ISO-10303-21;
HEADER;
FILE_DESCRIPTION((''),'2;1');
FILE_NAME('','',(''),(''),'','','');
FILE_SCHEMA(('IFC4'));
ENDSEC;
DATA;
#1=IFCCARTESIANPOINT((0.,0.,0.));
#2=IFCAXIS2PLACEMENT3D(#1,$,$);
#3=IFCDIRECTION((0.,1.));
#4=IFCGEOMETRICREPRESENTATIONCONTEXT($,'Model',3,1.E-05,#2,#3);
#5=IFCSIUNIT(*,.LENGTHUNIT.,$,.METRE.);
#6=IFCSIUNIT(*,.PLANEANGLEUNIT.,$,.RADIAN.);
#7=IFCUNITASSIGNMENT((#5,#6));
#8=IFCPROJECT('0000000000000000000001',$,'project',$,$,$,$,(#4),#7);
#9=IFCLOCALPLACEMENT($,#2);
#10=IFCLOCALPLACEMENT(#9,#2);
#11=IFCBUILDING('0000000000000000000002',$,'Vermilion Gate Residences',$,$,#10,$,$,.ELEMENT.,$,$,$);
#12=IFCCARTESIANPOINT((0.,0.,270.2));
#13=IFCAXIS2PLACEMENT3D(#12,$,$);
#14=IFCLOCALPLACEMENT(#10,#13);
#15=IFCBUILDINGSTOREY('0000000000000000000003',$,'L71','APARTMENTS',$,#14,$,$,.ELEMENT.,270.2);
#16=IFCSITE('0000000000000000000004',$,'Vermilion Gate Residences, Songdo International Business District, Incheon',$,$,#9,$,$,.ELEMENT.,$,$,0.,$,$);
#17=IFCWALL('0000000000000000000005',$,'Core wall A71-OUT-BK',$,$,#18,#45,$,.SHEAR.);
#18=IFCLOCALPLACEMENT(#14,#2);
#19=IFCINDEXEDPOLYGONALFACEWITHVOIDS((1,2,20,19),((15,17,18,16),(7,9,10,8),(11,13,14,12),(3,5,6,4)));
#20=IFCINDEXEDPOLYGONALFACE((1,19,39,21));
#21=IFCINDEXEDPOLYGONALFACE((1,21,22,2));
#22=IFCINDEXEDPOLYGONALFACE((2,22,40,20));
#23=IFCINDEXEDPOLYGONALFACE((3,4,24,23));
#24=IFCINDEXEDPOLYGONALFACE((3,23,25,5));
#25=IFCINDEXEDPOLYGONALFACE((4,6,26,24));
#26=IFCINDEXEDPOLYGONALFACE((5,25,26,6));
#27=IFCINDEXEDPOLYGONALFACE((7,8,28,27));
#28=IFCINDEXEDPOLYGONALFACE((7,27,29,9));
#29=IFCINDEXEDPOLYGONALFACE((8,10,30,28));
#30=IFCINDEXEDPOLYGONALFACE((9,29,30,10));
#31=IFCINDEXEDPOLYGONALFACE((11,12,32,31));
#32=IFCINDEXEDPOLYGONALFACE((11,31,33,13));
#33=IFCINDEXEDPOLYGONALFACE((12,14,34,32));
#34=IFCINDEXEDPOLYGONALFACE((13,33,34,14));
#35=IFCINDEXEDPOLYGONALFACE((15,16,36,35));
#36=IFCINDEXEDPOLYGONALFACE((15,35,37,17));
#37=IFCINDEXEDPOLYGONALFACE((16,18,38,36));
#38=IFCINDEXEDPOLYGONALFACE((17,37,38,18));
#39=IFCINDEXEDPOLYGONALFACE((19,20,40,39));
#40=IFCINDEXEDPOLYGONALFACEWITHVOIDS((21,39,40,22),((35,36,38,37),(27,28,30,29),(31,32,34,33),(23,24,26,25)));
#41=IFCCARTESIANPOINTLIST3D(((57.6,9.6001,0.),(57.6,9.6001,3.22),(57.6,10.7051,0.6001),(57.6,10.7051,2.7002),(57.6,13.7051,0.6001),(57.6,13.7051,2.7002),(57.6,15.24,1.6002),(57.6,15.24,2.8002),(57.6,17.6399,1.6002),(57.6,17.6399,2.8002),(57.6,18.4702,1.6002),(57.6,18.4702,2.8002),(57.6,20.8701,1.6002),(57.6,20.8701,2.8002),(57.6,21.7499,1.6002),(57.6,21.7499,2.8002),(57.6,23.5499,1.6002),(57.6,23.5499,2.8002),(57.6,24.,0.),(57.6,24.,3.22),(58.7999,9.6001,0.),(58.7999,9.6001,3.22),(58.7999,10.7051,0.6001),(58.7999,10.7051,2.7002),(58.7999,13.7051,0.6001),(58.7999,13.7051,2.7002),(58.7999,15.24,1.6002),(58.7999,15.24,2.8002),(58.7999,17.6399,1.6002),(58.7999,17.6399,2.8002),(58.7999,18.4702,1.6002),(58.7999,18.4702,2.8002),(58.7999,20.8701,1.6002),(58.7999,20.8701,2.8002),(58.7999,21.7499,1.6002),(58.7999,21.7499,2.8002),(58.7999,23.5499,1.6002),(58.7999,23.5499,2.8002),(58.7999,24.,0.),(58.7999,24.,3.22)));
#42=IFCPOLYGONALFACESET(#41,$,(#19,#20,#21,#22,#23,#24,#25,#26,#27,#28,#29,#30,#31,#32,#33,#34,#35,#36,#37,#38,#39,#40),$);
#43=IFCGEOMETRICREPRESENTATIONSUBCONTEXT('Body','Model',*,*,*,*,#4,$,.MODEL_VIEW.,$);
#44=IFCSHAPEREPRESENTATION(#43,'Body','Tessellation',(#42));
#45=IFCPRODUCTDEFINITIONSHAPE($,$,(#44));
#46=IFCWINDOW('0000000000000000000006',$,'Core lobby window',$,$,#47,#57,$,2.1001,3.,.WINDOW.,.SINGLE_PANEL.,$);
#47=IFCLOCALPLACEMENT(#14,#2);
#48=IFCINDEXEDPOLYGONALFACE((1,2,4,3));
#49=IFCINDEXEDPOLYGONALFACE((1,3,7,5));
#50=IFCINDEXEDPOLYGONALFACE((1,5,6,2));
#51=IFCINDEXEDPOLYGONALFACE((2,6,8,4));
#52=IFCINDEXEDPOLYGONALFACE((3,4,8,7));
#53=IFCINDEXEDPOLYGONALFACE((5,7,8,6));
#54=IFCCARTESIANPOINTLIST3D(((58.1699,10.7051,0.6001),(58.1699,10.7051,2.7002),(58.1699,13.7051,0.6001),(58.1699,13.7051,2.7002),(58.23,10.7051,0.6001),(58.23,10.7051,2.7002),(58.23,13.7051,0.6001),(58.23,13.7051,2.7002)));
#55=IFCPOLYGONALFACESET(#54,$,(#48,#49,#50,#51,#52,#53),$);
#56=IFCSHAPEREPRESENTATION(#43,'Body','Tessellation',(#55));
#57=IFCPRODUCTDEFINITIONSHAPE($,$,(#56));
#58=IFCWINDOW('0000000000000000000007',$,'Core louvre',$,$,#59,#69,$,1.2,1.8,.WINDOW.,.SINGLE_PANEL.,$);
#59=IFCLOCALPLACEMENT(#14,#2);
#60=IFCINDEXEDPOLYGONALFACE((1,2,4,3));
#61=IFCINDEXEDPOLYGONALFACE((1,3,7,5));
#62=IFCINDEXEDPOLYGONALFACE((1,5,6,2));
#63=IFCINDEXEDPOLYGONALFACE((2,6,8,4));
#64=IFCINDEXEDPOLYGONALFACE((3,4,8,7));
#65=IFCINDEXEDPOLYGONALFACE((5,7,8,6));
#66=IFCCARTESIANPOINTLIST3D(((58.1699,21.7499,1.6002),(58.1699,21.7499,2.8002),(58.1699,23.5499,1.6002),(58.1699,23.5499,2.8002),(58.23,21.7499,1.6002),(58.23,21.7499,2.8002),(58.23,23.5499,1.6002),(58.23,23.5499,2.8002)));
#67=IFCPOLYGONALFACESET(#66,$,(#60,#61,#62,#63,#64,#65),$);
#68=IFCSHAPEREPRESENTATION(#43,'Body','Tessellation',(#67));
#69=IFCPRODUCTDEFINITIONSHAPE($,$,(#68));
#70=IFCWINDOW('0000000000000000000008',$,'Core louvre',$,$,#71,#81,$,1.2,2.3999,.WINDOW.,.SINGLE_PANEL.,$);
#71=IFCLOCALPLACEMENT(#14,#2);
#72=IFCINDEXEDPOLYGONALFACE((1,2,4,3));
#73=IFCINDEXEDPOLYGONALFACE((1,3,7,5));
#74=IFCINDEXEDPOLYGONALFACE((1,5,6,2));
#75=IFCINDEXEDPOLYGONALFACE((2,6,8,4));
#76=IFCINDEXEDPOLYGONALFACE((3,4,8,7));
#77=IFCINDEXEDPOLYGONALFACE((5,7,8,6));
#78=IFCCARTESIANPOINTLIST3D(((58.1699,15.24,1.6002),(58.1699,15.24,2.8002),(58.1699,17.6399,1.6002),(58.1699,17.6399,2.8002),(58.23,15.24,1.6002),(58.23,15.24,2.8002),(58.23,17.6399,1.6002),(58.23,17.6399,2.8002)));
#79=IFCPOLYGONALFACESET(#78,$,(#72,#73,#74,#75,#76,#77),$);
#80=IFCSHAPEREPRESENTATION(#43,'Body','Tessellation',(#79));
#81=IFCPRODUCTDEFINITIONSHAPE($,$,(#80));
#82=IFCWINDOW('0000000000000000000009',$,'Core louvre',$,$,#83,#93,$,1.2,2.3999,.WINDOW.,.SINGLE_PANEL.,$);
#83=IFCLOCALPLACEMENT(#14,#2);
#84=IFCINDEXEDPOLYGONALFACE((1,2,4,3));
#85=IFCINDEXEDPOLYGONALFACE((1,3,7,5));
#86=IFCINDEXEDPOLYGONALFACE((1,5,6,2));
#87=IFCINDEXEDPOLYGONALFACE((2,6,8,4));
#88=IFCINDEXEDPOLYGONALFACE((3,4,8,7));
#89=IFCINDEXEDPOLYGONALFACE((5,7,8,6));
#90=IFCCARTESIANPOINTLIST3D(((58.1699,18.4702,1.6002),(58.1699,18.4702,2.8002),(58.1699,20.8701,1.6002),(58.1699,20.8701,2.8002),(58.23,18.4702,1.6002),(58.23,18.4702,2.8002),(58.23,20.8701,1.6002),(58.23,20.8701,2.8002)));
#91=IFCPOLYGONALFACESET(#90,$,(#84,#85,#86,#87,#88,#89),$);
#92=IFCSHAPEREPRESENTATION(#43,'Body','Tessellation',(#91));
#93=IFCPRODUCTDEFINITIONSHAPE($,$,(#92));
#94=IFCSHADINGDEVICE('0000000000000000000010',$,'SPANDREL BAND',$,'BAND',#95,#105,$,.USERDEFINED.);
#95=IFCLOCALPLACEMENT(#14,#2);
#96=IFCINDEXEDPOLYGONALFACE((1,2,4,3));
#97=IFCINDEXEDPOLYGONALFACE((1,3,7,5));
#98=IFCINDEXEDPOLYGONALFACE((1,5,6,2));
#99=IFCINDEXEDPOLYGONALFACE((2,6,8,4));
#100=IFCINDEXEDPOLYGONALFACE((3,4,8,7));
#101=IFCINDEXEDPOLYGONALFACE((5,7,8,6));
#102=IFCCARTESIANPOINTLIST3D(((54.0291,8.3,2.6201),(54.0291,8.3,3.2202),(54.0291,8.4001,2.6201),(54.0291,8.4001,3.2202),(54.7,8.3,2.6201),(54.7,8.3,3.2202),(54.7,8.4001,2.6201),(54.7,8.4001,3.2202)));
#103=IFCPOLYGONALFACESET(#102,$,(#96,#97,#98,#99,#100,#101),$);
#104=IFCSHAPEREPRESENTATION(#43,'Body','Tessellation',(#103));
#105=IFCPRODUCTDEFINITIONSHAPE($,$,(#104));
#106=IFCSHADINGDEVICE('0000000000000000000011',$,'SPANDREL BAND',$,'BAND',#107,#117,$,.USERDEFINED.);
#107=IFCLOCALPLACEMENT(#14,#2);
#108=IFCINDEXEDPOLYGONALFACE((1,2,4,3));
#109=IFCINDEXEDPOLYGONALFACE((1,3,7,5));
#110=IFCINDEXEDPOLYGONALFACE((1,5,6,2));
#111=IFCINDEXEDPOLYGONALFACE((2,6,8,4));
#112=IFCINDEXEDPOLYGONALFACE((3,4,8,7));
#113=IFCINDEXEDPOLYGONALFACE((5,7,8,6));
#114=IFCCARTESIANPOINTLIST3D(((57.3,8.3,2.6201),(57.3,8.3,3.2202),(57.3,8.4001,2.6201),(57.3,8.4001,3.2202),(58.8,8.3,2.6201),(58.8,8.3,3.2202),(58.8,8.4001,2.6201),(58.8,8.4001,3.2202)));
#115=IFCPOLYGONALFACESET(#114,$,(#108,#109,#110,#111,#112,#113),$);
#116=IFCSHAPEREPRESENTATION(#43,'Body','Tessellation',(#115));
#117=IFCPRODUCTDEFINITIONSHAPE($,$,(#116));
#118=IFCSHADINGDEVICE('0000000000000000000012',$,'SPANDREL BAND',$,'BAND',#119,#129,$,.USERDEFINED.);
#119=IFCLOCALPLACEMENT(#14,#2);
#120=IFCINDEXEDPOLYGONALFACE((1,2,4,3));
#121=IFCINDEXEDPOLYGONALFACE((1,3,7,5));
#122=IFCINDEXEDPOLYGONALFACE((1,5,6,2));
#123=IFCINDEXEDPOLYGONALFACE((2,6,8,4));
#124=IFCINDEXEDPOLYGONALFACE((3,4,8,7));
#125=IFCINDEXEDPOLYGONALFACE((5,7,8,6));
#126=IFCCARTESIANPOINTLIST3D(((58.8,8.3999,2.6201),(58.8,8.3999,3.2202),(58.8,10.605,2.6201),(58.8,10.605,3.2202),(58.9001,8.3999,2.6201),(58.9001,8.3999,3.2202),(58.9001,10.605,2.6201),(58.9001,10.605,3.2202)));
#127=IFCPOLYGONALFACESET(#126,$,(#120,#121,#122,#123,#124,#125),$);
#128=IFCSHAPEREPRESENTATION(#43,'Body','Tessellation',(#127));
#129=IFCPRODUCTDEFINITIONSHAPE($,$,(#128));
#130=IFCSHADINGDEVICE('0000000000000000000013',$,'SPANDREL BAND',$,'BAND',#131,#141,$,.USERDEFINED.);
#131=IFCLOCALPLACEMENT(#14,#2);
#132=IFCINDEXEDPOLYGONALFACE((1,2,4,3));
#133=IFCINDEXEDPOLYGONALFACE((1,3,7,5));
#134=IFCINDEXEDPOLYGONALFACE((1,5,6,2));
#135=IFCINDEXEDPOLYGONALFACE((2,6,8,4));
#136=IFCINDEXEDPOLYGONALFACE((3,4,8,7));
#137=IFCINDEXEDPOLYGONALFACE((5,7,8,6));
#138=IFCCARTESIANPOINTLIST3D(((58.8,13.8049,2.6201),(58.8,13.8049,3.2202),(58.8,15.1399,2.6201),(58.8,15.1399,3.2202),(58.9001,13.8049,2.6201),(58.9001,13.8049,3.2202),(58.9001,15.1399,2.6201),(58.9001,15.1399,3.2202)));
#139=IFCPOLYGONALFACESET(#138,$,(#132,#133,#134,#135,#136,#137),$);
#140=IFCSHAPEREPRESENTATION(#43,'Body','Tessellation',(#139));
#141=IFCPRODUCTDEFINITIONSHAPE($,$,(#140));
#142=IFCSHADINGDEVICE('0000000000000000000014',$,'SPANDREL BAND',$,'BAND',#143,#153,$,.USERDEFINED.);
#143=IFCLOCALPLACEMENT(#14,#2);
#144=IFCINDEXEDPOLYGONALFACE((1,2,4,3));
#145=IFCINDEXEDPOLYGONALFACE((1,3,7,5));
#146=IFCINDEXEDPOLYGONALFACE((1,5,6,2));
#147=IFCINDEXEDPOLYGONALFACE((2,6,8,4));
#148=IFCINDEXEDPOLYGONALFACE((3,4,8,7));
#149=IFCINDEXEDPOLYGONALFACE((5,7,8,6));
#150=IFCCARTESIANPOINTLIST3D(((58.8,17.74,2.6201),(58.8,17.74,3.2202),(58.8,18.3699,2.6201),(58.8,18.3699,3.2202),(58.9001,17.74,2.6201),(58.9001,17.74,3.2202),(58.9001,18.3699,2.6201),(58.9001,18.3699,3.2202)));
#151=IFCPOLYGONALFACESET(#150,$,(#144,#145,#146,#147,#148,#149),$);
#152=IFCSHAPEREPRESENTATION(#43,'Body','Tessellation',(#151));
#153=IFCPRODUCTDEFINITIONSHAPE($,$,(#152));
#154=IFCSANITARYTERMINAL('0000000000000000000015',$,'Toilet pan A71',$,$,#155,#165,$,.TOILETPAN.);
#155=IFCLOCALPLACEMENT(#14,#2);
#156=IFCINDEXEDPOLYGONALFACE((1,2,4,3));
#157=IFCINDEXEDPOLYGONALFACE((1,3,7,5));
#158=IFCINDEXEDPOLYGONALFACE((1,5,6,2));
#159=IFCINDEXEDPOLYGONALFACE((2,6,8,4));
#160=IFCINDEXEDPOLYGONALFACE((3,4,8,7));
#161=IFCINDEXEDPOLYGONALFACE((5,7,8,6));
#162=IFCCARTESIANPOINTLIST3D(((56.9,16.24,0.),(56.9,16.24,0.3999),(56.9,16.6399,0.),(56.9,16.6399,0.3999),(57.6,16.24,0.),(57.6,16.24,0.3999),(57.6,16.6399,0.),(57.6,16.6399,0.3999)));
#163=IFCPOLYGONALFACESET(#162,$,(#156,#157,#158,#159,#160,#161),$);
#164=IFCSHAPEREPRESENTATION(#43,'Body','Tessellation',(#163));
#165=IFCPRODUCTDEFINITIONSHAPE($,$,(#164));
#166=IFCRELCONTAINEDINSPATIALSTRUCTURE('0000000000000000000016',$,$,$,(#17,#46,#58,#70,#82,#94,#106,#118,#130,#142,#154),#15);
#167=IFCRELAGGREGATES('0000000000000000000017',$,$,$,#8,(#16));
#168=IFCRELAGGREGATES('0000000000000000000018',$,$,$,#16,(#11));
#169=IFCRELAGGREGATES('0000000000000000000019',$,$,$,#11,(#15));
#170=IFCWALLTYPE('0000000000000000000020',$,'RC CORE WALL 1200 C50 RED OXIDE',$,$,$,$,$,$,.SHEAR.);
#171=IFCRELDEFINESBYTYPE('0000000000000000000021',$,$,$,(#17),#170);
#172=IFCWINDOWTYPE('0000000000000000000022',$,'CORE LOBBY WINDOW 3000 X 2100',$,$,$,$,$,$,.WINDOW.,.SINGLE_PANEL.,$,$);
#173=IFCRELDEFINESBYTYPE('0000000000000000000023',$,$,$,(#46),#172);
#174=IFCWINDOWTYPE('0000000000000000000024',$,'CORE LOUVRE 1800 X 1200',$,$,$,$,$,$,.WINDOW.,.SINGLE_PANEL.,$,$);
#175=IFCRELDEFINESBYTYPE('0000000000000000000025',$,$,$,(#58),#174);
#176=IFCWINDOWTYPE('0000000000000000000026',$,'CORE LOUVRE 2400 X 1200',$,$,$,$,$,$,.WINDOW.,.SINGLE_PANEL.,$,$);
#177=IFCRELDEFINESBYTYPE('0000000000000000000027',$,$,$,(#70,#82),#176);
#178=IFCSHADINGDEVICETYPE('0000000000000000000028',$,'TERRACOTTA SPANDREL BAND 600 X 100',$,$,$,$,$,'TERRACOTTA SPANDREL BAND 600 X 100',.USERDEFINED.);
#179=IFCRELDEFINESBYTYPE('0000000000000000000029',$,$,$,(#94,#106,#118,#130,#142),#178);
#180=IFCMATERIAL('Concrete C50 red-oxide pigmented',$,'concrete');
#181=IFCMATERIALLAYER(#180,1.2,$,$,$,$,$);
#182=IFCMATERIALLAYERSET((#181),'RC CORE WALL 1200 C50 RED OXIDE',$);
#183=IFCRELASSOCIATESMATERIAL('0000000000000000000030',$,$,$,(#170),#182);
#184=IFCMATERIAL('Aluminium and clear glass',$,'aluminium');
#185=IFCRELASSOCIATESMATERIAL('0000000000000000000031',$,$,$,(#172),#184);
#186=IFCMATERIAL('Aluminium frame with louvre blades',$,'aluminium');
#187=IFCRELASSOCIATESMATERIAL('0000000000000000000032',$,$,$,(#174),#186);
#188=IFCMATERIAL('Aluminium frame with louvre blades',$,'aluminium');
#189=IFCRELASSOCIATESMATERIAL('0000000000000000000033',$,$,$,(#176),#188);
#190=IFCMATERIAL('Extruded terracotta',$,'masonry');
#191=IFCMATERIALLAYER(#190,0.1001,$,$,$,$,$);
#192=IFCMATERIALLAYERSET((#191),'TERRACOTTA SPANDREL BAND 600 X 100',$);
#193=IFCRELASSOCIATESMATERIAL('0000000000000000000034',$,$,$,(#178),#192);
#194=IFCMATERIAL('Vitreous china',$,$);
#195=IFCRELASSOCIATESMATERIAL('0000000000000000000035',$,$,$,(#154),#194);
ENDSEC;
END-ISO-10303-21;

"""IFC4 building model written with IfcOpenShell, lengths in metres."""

from ifc_helpers import new_model, si_unit, direction, frame, frame_2d, origin, origin_2d, place, context, subcontext, project, spatial, rectangle, extrude, material, layer, layer_set, type_object, element, fill, save


model = new_model("IFC4")

# Units and contexts
model_context = context("Model", 3, precision=1e-05, world=origin(), true_north=direction((0.0, 1.0)))
body_context = subcontext(model_context, "Body", "Model", "MODEL_VIEW")
ifc_project = project(units=[si_unit("LENGTHUNIT", "METRE"), si_unit("PLANEANGLEUNIT", "RADIAN")], contexts=[model_context])

# Site, building, storey
site_placement = place(None, origin())
site = spatial("IfcSite", under=ifc_project, at=site_placement, Name="Vermilion Gate Residences, Songdo International Business District, Incheon", CompositionType="ELEMENT", RefElevation=0.0)
building_placement = place(site_placement, origin())
building = spatial("IfcBuilding", under=site, at=building_placement, Name="Vermilion Gate Residences", CompositionType="ELEMENT")
storey_placement = place(building_placement, frame((0.0, 0.0, 270.2)))
storey = spatial("IfcBuildingStorey", under=building, at=storey_placement, Name="L71", Description="APARTMENTS", CompositionType="ELEMENT", Elevation=270.2)

# Wall, openings, windows
ifc_material_1 = material(Name="Concrete C50 red-oxide pigmented", Category="concrete")
ifc_layer_1 = layer(ifc_material_1, 1.2)
ifc_layer_set_1 = layer_set([ifc_layer_1], Name="RC CORE WALL 1200 C50 RED OXIDE")
wall_type_1 = type_object("IfcWallType", Name="RC CORE WALL 1200 C50 RED OXIDE", PredefinedType="SHEAR", material=ifc_layer_set_1)
wall_1_placement = place(storey_placement, frame((58.2, 9.6001, 0.0), z_axis=(0.0, 0.0, 1.0), x_axis=(0.0, 1.0, 0.0)))
wall_1 = element("IfcWall", 1, at=wall_1_placement, inside=storey, type_object=wall_type_1, Name="Core wall A71-OUT-BK", PredefinedType="SHEAR", context=body_context, shape_type="SweptSolid", body=[
    extrude(rectangle(XDim=14.3999, YDim=1.2, at=frame_2d((7.2, 0.0))), origin(), (0.0, 0.0, 1.0), 3.22),
])
opening_1_placement = place(wall_1_placement, frame((1.105, 0.0, 0.6001)))
opening_1 = element("IfcOpeningElement", 2, at=opening_1_placement, cuts=wall_1, PredefinedType="OPENING", context=body_context, shape_type="SweptSolid", body=[
    extrude(rectangle(XDim=3.0, YDim=2.1001, at=frame_2d((1.5, 1.05))), frame((0.0, 0.6099, 0.0), z_axis=(0.0, -1.0, 0.0), x_axis=(1.0, 0.0, 0.0)), (0.0, 0.0, 1.0), 1.22),
])
opening_2_placement = place(wall_1_placement, frame((5.6399, 0.0, 1.6001)))
opening_2 = element("IfcOpeningElement", 3, at=opening_2_placement, cuts=wall_1, PredefinedType="OPENING", context=body_context, shape_type="SweptSolid", body=[
    extrude(rectangle(XDim=2.3999, YDim=1.2, at=frame_2d((1.2, 0.6001))), frame((0.0, 0.6099, 0.0), z_axis=(0.0, -1.0, 0.0), x_axis=(1.0, 0.0, 0.0)), (0.0, 0.0, 1.0), 1.22),
])
opening_3_placement = place(wall_1_placement, frame((8.8701, 0.0, 1.6001)))
opening_3 = element("IfcOpeningElement", 4, at=opening_3_placement, cuts=wall_1, PredefinedType="OPENING", context=body_context, shape_type="SweptSolid", body=[
    extrude(rectangle(XDim=2.3999, YDim=1.2, at=frame_2d((1.2, 0.6001))), frame((0.0, 0.6099, 0.0), z_axis=(0.0, -1.0, 0.0), x_axis=(1.0, 0.0, 0.0)), (0.0, 0.0, 1.0), 1.22),
])
opening_4_placement = place(wall_1_placement, frame((12.1499, 0.0, 1.6001)))
opening_4 = element("IfcOpeningElement", 5, at=opening_4_placement, cuts=wall_1, PredefinedType="OPENING", context=body_context, shape_type="SweptSolid", body=[
    extrude(rectangle(XDim=1.8, YDim=1.2, at=frame_2d((0.8999, 0.6001))), frame((0.0, 0.6099, 0.0), z_axis=(0.0, -1.0, 0.0), x_axis=(1.0, 0.0, 0.0)), (0.0, 0.0, 1.0), 1.22),
])
ifc_material_2 = material(Name="Aluminium and clear glass", Category="aluminium")
window_type_1 = type_object("IfcWindowType", Name="CORE LOBBY WINDOW 3000 X 2100", PartitioningType="SINGLE_PANEL", PredefinedType="WINDOW", material=ifc_material_2)
window_1_placement = place(opening_1_placement, origin())
window_1 = element("IfcWindow", 6, at=window_1_placement, inside=storey, type_object=window_type_1, Name="Core lobby window", OverallHeight=2.1001, OverallWidth=3.0, PartitioningType="SINGLE_PANEL", PredefinedType="WINDOW", context=body_context, shape_type="SweptSolid", body=[
    extrude(rectangle(XDim=3.0, YDim=2.1001, at=frame_2d((1.5, 1.05))), frame((0.0, 0.03, 0.0), z_axis=(0.0, -1.0, 0.0), x_axis=(1.0, 0.0, 0.0)), (0.0, 0.0, 1.0), 0.0601),
])
fill(opening_1, window_1)
ifc_material_3 = material(Name="Aluminium frame with louvre blades", Category="aluminium")
window_type_2 = type_object("IfcWindowType", Name="CORE LOUVRE 1800 X 1200", PartitioningType="SINGLE_PANEL", PredefinedType="WINDOW", material=ifc_material_3)
window_2_placement = place(opening_4_placement, origin())
window_2 = element("IfcWindow", 7, at=window_2_placement, inside=storey, type_object=window_type_2, Name="Core louvre", OverallHeight=1.2, OverallWidth=1.8, PartitioningType="SINGLE_PANEL", PredefinedType="WINDOW", context=body_context, shape_type="SweptSolid", body=[
    extrude(rectangle(XDim=1.8, YDim=1.2, at=frame_2d((0.8999, 0.6001))), frame((0.0, 0.03, 0.0), z_axis=(0.0, -1.0, 0.0), x_axis=(1.0, 0.0, 0.0)), (0.0, 0.0, 1.0), 0.0601),
])
fill(opening_4, window_2)
ifc_material_4 = material(Name="Aluminium frame with louvre blades", Category="aluminium")
window_type_3 = type_object("IfcWindowType", Name="CORE LOUVRE 2400 X 1200", PartitioningType="SINGLE_PANEL", PredefinedType="WINDOW", material=ifc_material_4)
window_3_placement = place(opening_2_placement, origin())
window_3 = element("IfcWindow", 8, at=window_3_placement, inside=storey, type_object=window_type_3, Name="Core louvre", OverallHeight=1.2, OverallWidth=2.3999, PartitioningType="SINGLE_PANEL", PredefinedType="WINDOW", context=body_context, shape_type="SweptSolid", body=[
    extrude(rectangle(XDim=2.3999, YDim=1.2, at=frame_2d((1.2, 0.6001))), frame((0.0, 0.03, 0.0), z_axis=(0.0, -1.0, 0.0), x_axis=(1.0, 0.0, 0.0)), (0.0, 0.0, 1.0), 0.0601),
])
fill(opening_2, window_3)
window_4_placement = place(opening_3_placement, origin())
window_4 = element("IfcWindow", 9, at=window_4_placement, inside=storey, type_object=window_type_3, Name="Core louvre", OverallHeight=1.2, OverallWidth=2.3999, PartitioningType="SINGLE_PANEL", PredefinedType="WINDOW", context=body_context, shape_type="SweptSolid", body=[
    extrude(rectangle(XDim=2.3999, YDim=1.2, at=frame_2d((1.2, 0.6001))), frame((0.0, 0.03, 0.0), z_axis=(0.0, -1.0, 0.0), x_axis=(1.0, 0.0, 0.0)), (0.0, 0.0, 1.0), 0.0601),
])
fill(opening_3, window_4)

# Shading devices
ifc_material_5 = material(Name="Extruded terracotta", Category="masonry")
ifc_layer_2 = layer(ifc_material_5, 0.1001)
ifc_layer_set_2 = layer_set([ifc_layer_2], Name="TERRACOTTA SPANDREL BAND 600 X 100")
shading_device_type = type_object("IfcShadingDeviceType", Name="TERRACOTTA SPANDREL BAND 600 X 100", ElementType="TERRACOTTA SPANDREL BAND 600 X 100", PredefinedType="USERDEFINED", material=ifc_layer_set_2)
shading_device_1_placement = place(storey_placement, frame((54.3645, 8.3501, 2.6201), z_axis=(0.0, 0.0, 1.0), x_axis=(1.0, 0.0, 0.0)))
element("IfcShadingDevice", 10, at=shading_device_1_placement, inside=storey, type_object=shading_device_type, Name="SPANDREL BAND", ObjectType="BAND", PredefinedType="USERDEFINED", context=body_context, shape_type="SweptSolid", body=[
    extrude(rectangle(XDim=0.6709, YDim=0.1001, at=origin_2d()), origin(), (0.0, 0.0, 1.0), 0.6001),
])
shading_device_2_placement = place(storey_placement, frame((58.05, 8.3501, 2.6201), z_axis=(0.0, 0.0, 1.0), x_axis=(1.0, 0.0, 0.0)))
element("IfcShadingDevice", 11, at=shading_device_2_placement, inside=storey, type_object=shading_device_type, Name="SPANDREL BAND", ObjectType="BAND", PredefinedType="USERDEFINED", context=body_context, shape_type="SweptSolid", body=[
    extrude(rectangle(XDim=1.5, YDim=0.1001, at=origin_2d()), origin(), (0.0, 0.0, 1.0), 0.6001),
])
shading_device_3_placement = place(storey_placement, frame((58.8501, 9.5024, 2.6201), z_axis=(0.0, 0.0, 1.0), x_axis=(0.0, 1.0, 0.0)))
element("IfcShadingDevice", 12, at=shading_device_3_placement, inside=storey, type_object=shading_device_type, Name="SPANDREL BAND", ObjectType="BAND", PredefinedType="USERDEFINED", context=body_context, shape_type="SweptSolid", body=[
    extrude(rectangle(XDim=2.2051, YDim=0.1001, at=origin_2d()), origin(), (0.0, 0.0, 1.0), 0.6001),
])
shading_device_4_placement = place(storey_placement, frame((58.8501, 14.4724, 2.6201), z_axis=(0.0, 0.0, 1.0), x_axis=(0.0, 1.0, 0.0)))
element("IfcShadingDevice", 13, at=shading_device_4_placement, inside=storey, type_object=shading_device_type, Name="SPANDREL BAND", ObjectType="BAND", PredefinedType="USERDEFINED", context=body_context, shape_type="SweptSolid", body=[
    extrude(rectangle(XDim=1.335, YDim=0.1001, at=origin_2d()), origin(), (0.0, 0.0, 1.0), 0.6001),
])
shading_device_5_placement = place(storey_placement, frame((58.8501, 18.0549, 2.6201), z_axis=(0.0, 0.0, 1.0), x_axis=(0.0, 1.0, 0.0)))
element("IfcShadingDevice", 14, at=shading_device_5_placement, inside=storey, type_object=shading_device_type, Name="SPANDREL BAND", ObjectType="BAND", PredefinedType="USERDEFINED", context=body_context, shape_type="SweptSolid", body=[
    extrude(rectangle(XDim=0.6299, YDim=0.1001, at=origin_2d()), origin(), (0.0, 0.0, 1.0), 0.6001),
])

# Sanitary terminal
ifc_material_6 = material(Name="Vitreous china")
sanitary_terminal_1_placement = place(storey_placement, frame((57.25, 16.4399, 0.0), z_axis=(0.0, 0.0, 1.0), x_axis=(1.0, 0.0, 0.0)))
element("IfcSanitaryTerminal", 15, at=sanitary_terminal_1_placement, inside=storey, material=ifc_material_6, Name="Toilet pan A71", PredefinedType="TOILETPAN", context=body_context, shape_type="SweptSolid", body=[
    extrude(rectangle(XDim=0.7, YDim=0.3999, at=origin_2d()), origin(), (0.0, 0.0, 1.0), 0.3999),
])

save(model, "model.ifc")
